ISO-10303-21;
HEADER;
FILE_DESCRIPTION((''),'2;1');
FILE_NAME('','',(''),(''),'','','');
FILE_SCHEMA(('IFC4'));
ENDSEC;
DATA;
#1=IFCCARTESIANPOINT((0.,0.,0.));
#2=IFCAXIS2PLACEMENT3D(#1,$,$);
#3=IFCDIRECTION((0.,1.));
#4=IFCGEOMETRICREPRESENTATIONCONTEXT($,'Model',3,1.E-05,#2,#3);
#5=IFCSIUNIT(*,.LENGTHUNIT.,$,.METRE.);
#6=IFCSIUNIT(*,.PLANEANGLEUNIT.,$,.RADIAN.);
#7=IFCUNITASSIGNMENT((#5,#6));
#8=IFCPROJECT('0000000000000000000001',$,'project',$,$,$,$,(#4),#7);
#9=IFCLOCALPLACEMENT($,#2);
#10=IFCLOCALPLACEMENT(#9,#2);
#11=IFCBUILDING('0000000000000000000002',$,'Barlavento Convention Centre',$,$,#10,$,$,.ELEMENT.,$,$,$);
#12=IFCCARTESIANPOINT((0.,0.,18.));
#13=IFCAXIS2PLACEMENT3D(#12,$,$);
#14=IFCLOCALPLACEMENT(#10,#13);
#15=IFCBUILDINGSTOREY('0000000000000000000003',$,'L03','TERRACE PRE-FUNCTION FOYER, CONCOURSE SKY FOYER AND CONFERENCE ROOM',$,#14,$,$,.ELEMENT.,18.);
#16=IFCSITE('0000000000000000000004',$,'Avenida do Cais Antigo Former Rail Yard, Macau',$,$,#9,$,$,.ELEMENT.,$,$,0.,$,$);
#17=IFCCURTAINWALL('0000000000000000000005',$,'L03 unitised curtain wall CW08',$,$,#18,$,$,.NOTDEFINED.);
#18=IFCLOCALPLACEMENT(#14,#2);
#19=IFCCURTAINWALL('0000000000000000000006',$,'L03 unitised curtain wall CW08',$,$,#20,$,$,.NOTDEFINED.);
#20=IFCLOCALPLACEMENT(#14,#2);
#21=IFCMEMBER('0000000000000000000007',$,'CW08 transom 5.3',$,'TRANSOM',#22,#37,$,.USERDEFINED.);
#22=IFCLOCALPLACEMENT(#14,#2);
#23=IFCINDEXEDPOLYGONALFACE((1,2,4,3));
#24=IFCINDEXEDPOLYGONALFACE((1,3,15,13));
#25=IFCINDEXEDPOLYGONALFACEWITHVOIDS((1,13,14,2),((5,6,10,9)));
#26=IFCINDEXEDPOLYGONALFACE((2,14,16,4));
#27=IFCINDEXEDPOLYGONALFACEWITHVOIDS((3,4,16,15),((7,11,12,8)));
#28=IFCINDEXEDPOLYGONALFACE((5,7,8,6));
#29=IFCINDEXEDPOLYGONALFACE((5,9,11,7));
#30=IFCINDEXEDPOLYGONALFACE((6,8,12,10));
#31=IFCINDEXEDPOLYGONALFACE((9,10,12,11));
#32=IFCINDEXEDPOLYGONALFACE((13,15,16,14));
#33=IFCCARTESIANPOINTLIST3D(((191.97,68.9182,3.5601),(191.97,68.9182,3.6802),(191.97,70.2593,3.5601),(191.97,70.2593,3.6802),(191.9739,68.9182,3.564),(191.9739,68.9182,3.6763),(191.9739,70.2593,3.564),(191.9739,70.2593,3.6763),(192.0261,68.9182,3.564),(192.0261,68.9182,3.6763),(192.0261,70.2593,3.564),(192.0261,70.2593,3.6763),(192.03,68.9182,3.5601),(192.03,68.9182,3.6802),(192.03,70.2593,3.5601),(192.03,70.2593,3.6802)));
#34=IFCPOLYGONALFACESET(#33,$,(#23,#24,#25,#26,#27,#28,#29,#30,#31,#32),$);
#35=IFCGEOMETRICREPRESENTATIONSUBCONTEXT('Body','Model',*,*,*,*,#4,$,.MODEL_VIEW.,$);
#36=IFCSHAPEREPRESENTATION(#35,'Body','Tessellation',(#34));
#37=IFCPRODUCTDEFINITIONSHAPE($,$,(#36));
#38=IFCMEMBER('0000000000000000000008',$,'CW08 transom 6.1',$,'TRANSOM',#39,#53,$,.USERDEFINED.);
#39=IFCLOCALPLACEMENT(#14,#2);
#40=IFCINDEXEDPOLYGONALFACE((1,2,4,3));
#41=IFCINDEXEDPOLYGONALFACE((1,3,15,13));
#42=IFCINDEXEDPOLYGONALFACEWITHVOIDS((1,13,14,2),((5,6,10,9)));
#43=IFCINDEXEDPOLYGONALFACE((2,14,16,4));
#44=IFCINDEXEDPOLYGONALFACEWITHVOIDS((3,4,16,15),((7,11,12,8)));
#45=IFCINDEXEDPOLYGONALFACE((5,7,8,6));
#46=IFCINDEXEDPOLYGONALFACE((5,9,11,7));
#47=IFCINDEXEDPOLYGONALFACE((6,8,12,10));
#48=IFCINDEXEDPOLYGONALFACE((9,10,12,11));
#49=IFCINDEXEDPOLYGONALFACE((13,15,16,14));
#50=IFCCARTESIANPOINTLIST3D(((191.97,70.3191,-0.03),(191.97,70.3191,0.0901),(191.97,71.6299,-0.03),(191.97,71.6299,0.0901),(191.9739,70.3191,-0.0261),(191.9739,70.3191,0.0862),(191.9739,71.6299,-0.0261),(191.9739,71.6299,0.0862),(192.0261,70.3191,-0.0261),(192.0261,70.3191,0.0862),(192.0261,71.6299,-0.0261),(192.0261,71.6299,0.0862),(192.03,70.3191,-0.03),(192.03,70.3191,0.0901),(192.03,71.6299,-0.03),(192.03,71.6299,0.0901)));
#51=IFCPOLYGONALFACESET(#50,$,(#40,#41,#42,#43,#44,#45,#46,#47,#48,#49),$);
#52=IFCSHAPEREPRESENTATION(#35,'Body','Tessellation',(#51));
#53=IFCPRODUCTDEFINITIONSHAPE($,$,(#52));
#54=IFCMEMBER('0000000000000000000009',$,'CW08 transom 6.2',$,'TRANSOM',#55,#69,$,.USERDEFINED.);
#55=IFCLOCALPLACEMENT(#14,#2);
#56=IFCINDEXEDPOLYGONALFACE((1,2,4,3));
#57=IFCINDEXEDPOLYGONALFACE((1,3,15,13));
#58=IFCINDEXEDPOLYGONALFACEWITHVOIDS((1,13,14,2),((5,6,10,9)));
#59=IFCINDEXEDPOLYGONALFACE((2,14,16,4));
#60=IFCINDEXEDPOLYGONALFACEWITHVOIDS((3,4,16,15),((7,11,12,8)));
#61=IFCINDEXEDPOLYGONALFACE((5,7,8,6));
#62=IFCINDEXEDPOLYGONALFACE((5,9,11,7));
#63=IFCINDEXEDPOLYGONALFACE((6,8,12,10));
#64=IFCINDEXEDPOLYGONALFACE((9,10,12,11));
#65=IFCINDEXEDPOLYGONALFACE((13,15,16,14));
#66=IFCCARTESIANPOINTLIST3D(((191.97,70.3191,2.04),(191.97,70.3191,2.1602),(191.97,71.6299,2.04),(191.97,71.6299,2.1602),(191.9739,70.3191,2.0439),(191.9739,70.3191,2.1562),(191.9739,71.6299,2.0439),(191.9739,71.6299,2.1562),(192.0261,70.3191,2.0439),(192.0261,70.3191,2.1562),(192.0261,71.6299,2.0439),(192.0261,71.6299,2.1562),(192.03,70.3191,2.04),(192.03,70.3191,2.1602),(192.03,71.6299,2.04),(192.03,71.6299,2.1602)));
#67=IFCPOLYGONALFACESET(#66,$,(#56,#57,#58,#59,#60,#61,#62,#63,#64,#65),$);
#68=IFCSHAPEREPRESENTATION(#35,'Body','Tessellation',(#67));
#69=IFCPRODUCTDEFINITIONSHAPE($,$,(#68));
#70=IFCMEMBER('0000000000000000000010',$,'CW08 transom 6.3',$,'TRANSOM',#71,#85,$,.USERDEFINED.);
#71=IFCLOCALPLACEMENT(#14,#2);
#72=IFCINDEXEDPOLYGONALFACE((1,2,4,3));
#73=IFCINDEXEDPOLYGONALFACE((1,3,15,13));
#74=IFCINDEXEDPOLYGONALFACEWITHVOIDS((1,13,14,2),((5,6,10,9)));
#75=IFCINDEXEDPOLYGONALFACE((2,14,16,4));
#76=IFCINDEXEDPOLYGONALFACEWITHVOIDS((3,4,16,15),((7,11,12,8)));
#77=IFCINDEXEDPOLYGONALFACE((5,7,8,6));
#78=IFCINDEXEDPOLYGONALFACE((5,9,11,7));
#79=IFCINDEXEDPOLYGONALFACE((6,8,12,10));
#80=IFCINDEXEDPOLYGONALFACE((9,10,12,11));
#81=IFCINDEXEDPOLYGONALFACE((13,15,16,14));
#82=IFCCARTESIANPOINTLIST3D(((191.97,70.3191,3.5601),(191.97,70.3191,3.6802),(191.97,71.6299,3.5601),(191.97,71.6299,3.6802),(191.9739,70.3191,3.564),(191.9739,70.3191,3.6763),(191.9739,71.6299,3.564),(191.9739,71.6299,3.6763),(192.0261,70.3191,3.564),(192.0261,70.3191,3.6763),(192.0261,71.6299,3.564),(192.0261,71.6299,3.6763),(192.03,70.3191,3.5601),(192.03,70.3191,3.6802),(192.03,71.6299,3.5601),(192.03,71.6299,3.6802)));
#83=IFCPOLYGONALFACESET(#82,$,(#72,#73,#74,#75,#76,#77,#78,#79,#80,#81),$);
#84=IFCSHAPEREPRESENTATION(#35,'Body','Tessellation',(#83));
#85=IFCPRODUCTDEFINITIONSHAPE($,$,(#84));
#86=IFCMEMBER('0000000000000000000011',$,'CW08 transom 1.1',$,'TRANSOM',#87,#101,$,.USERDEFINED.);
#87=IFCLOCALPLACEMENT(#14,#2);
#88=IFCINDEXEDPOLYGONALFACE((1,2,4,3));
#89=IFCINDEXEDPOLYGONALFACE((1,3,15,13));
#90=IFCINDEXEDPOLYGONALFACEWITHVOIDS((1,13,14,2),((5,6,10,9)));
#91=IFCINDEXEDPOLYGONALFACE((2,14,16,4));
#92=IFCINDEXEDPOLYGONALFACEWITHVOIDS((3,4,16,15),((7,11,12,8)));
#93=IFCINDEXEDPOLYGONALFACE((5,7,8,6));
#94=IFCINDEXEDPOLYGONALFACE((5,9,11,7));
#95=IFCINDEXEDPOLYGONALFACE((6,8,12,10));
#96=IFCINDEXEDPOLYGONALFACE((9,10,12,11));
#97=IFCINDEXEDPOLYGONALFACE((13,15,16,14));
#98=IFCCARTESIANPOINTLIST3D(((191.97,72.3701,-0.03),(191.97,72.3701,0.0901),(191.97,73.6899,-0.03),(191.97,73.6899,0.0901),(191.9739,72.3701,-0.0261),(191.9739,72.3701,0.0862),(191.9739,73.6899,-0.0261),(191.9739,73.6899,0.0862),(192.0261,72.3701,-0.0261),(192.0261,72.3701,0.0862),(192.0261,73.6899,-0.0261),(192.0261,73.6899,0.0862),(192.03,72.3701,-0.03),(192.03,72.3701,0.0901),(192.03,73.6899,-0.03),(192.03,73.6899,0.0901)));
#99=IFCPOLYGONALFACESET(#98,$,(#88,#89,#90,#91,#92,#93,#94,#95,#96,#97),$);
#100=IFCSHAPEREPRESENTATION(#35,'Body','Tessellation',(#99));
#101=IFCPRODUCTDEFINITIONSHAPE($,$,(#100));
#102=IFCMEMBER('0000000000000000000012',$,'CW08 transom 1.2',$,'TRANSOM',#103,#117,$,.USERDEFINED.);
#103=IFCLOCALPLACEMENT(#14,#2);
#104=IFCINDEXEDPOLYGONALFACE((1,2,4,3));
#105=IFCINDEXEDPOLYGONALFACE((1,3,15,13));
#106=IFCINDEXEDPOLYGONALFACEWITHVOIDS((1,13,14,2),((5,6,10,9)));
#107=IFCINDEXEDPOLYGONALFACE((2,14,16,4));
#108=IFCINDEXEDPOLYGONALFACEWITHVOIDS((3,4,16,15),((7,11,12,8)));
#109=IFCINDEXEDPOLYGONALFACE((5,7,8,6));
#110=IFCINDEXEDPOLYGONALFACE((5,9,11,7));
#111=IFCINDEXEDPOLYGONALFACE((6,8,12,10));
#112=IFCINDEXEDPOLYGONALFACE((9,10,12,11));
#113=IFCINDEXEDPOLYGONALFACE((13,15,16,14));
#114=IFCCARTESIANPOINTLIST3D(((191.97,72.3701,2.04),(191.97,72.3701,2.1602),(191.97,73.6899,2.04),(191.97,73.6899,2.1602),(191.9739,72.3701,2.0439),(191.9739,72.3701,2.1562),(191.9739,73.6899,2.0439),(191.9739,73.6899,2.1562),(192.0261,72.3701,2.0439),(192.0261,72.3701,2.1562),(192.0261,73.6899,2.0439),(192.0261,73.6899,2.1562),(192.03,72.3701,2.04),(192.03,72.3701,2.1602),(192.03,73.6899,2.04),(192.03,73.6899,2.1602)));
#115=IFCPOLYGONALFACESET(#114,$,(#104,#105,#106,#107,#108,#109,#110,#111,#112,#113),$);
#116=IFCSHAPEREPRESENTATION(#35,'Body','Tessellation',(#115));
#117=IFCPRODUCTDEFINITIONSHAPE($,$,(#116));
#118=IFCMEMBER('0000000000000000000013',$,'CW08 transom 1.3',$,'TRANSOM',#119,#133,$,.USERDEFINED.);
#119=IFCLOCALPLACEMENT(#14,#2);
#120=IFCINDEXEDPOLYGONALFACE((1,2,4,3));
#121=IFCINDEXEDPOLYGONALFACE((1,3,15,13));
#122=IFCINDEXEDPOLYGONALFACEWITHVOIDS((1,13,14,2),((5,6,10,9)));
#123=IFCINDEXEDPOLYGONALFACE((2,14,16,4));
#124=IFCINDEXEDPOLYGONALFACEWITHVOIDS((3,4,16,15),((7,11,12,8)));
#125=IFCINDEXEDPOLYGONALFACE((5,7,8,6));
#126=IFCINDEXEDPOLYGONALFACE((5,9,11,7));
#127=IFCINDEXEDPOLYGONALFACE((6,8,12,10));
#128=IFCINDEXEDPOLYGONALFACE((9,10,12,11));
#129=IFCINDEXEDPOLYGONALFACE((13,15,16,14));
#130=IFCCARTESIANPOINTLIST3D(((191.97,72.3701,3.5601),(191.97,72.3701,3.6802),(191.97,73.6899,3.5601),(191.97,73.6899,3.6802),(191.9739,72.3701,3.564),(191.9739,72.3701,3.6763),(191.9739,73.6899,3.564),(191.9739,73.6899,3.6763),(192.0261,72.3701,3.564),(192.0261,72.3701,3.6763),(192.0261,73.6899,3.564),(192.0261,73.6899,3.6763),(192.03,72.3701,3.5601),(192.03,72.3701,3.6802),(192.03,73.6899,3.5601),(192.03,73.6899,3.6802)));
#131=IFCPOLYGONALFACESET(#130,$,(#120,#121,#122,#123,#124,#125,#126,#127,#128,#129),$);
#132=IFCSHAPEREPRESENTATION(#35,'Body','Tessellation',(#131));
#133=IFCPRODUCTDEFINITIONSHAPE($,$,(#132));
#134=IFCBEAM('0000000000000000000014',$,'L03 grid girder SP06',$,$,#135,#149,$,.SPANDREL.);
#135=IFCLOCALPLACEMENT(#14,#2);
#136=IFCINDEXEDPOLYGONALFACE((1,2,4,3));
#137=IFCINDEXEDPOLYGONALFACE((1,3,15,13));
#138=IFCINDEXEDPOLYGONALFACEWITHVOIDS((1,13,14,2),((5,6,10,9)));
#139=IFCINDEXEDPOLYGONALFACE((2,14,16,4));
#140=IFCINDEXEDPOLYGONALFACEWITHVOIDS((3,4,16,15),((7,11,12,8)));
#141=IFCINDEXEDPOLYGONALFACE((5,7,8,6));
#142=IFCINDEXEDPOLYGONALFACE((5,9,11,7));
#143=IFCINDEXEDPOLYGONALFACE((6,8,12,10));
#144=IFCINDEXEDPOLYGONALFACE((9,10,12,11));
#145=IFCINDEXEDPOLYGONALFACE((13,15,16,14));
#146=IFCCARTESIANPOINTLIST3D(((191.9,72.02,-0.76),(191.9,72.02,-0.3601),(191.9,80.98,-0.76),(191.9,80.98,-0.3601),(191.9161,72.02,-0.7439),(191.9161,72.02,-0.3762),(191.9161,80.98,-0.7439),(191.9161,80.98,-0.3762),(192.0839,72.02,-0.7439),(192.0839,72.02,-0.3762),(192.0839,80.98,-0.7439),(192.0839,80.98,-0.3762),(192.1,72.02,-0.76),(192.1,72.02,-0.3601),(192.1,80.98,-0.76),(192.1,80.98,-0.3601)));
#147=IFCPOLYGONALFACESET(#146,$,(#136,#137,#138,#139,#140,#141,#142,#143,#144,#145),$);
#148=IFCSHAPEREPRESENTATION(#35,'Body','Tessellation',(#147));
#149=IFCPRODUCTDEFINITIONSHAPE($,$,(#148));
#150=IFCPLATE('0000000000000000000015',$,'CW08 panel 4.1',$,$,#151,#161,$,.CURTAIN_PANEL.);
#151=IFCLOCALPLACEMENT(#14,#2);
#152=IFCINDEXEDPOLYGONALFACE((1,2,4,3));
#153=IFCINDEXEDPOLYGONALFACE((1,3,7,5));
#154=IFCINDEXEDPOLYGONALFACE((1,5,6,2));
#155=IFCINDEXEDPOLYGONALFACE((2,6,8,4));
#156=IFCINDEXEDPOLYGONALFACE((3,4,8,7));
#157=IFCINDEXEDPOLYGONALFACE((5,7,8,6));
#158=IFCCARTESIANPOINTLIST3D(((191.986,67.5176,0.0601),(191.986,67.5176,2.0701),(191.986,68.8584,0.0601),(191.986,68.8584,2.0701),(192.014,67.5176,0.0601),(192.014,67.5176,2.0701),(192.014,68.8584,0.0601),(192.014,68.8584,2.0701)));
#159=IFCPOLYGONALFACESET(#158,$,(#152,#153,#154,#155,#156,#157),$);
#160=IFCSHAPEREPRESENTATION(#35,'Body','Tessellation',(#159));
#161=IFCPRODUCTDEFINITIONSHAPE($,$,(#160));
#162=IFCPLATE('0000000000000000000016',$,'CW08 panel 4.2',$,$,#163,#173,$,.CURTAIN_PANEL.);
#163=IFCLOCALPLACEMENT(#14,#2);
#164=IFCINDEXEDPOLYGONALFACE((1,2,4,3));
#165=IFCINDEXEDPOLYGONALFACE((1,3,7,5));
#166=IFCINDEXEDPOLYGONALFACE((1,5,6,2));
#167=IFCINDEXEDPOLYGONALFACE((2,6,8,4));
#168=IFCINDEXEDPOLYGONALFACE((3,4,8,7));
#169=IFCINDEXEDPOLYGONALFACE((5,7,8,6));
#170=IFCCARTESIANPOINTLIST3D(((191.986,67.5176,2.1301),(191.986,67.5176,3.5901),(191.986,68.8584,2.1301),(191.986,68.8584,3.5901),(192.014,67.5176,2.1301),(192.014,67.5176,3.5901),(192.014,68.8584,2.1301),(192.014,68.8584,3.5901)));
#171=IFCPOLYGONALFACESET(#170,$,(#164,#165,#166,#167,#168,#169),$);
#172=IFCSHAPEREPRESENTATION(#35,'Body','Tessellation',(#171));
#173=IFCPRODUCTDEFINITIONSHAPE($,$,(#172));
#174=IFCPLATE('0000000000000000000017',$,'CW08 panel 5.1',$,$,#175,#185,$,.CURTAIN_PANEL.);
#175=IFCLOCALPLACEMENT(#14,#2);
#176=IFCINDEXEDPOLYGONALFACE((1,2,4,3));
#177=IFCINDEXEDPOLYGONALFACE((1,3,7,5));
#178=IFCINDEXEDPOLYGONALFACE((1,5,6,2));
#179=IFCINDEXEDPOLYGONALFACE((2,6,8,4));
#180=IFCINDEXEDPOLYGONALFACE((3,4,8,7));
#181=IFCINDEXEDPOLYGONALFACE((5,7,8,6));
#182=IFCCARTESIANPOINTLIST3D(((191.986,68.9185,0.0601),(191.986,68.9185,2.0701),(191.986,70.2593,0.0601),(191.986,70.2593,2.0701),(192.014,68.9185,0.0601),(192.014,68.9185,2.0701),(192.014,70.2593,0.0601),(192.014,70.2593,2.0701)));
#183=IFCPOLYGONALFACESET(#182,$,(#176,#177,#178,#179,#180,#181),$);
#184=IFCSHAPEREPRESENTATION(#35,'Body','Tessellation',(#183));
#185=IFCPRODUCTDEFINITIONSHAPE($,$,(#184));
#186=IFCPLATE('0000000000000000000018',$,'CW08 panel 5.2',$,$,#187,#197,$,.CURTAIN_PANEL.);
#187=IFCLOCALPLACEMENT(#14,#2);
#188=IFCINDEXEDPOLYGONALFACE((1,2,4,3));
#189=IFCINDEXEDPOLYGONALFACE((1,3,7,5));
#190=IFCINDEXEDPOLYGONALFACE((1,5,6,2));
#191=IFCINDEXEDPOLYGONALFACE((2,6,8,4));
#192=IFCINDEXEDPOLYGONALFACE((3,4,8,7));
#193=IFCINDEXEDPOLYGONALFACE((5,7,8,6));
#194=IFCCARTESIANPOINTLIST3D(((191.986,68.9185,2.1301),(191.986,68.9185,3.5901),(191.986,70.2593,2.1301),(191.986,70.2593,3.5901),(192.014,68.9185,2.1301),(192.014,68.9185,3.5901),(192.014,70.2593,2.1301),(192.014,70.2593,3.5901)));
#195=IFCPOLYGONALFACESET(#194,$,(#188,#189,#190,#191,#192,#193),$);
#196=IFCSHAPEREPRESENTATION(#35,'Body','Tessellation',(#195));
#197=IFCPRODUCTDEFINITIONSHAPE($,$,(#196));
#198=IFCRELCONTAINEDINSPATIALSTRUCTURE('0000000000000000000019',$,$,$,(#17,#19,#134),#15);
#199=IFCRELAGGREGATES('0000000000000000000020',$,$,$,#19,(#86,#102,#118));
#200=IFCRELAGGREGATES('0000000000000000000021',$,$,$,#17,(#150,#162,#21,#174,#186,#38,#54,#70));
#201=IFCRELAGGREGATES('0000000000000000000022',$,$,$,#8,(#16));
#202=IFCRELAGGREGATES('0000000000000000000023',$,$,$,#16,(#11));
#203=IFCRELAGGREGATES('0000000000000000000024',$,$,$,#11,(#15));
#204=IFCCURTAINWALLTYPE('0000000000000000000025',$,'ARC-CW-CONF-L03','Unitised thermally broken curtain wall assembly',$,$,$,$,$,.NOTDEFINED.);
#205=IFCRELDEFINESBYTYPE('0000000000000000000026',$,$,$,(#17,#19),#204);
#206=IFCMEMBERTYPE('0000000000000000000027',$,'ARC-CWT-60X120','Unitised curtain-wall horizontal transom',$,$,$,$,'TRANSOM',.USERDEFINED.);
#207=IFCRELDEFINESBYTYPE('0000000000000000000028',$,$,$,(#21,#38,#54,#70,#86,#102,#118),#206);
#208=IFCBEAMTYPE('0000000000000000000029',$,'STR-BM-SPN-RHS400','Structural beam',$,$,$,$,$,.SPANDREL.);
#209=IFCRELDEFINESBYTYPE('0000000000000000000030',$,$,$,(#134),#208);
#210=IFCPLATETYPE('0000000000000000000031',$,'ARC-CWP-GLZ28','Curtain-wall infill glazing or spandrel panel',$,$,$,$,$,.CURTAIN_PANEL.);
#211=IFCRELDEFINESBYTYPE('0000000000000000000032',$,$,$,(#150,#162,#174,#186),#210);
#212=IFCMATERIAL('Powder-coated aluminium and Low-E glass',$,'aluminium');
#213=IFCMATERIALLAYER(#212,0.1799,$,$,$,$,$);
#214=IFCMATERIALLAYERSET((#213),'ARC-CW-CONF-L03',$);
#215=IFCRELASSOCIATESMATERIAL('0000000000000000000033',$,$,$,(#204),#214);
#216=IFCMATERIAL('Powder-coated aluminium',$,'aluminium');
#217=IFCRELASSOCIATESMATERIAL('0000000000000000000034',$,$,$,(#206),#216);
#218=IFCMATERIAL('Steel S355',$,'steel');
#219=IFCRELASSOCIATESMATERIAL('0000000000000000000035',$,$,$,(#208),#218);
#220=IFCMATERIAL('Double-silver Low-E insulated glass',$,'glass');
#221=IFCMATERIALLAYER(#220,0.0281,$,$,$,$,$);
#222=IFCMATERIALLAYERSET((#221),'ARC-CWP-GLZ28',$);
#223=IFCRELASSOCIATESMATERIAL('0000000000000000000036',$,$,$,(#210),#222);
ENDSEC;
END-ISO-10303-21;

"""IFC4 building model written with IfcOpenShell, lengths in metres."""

from ifc_helpers import new_model, si_unit, direction, frame, origin, origin_2d, place, context, subcontext, project, spatial, rectangle, hollow_rectangle, extrude, material, layer, layer_set, material_profile, profile_set, type_object, element, aggregate, save


model = new_model("IFC4")

# Units and contexts
model_context = context("Model", 3, precision=1e-05, world=origin(), true_north=direction((0.0, 1.0)))
body_context = subcontext(model_context, "Body", "Model", "MODEL_VIEW")
ifc_project = project(units=[si_unit("LENGTHUNIT", "METRE"), si_unit("PLANEANGLEUNIT", "RADIAN")], contexts=[model_context])

# Site, building, storey
site_placement = place(None, origin())
site = spatial("IfcSite", under=ifc_project, at=site_placement, Name="Avenida do Cais Antigo Former Rail Yard, Macau", CompositionType="ELEMENT", RefElevation=0.0)
building_placement = place(site_placement, origin())
building = spatial("IfcBuilding", under=site, at=building_placement, Name="Barlavento Convention Centre", CompositionType="ELEMENT")
storey_placement = place(building_placement, frame((0.0, 0.0, 18.0)))
storey = spatial("IfcBuildingStorey", under=building, at=storey_placement, Name="L03", Description="TERRACE PRE-FUNCTION FOYER, CONCOURSE SKY FOYER AND CONFERENCE ROOM", CompositionType="ELEMENT", Elevation=18.0)

# Shared definitions
ifc_material_1 = material(Name="Steel S355", Category="steel")

# Curtain wall
ifc_material_2 = material(Name="Powder-coated aluminium and Low-E glass", Category="aluminium")
ifc_layer_1 = layer(ifc_material_2, 0.1799)
ifc_layer_set_1 = layer_set([ifc_layer_1], Name="ARC-CW-CONF-L03")
curtain_wall_type = type_object("IfcCurtainWallType", Name="ARC-CW-CONF-L03", Description="Unitised thermally broken curtain wall assembly", PredefinedType="NOTDEFINED", material=ifc_layer_set_1)
curtain_wall_1_placement = place(storey_placement, origin())
curtain_wall_1 = element("IfcCurtainWall", 1, at=curtain_wall_1_placement, inside=storey, type_object=curtain_wall_type, Name="L03 unitised curtain wall CW08", PredefinedType="NOTDEFINED")
ifc_material_3 = material(Name="Powder-coated aluminium", Category="aluminium")

# Curtain wall
curtain_wall_2_placement = place(storey_placement, origin())
curtain_wall_2 = element("IfcCurtainWall", 2, at=curtain_wall_2_placement, inside=storey, type_object=curtain_wall_type, Name="L03 unitised curtain wall CW08", PredefinedType="NOTDEFINED")

# Members
ifc_material_profile_1 = material_profile(ifc_material_3, hollow_rectangle(XDim=0.0601, YDim=0.1201, WallThickness=0.0039, at=origin_2d()), Name="AL-TRAN 60x120x4")
ifc_profile_set_1 = profile_set([ifc_material_profile_1], Name="Powder-coated aluminium")
member_type_1 = type_object("IfcMemberType", Name="ARC-CWT-60X120", Description="Unitised curtain-wall horizontal transom", ElementType="TRANSOM", PredefinedType="USERDEFINED", material=ifc_profile_set_1)
member_1_placement = place(storey_placement, frame((192.0, 68.9182, 3.6201), z_axis=(0.0, 1.0, 0.0), x_axis=(-1.0, 0.0, 0.0)))
member_1 = element("IfcMember", 3, at=member_1_placement, type_object=member_type_1, Name="CW08 transom 5.3", ObjectType="TRANSOM", PredefinedType="USERDEFINED", context=body_context, shape_type="SweptSolid", body=[
    extrude(hollow_rectangle(XDim=0.0601, YDim=0.1201, WallThickness=0.0039, at=origin_2d()), origin(), (0.0, 0.0, 1.0), 1.3411),
])
member_2_placement = place(storey_placement, frame((192.0, 70.3191, 0.03), z_axis=(0.0, 1.0, 0.0), x_axis=(-1.0, 0.0, 0.0)))
member_2 = element("IfcMember", 4, at=member_2_placement, type_object=member_type_1, Name="CW08 transom 6.1", ObjectType="TRANSOM", PredefinedType="USERDEFINED", context=body_context, shape_type="SweptSolid", body=[
    extrude(hollow_rectangle(XDim=0.0601, YDim=0.1201, WallThickness=0.0039, at=origin_2d()), origin(), (0.0, 0.0, 1.0), 1.3108),
])
member_3_placement = place(storey_placement, frame((192.0, 70.3191, 2.1001), z_axis=(0.0, 1.0, 0.0), x_axis=(-1.0, 0.0, 0.0)))
member_3 = element("IfcMember", 5, at=member_3_placement, type_object=member_type_1, Name="CW08 transom 6.2", ObjectType="TRANSOM", PredefinedType="USERDEFINED", context=body_context, shape_type="SweptSolid", body=[
    extrude(hollow_rectangle(XDim=0.0601, YDim=0.1201, WallThickness=0.0039, at=origin_2d()), origin(), (0.0, 0.0, 1.0), 1.3108),
])
member_4_placement = place(storey_placement, frame((192.0, 70.3191, 3.6201), z_axis=(0.0, 1.0, 0.0), x_axis=(-1.0, 0.0, 0.0)))
member_4 = element("IfcMember", 6, at=member_4_placement, type_object=member_type_1, Name="CW08 transom 6.3", ObjectType="TRANSOM", PredefinedType="USERDEFINED", context=body_context, shape_type="SweptSolid", body=[
    extrude(hollow_rectangle(XDim=0.0601, YDim=0.1201, WallThickness=0.0039, at=origin_2d()), origin(), (0.0, 0.0, 1.0), 1.3108),
])
member_5_placement = place(storey_placement, frame((192.0, 72.3701, 0.03), z_axis=(0.0, 1.0, 0.0), x_axis=(-1.0, 0.0, 0.0)))
member_5 = element("IfcMember", 7, at=member_5_placement, type_object=member_type_1, Name="CW08 transom 1.1", ObjectType="TRANSOM", PredefinedType="USERDEFINED", context=body_context, shape_type="SweptSolid", body=[
    extrude(hollow_rectangle(XDim=0.0601, YDim=0.1201, WallThickness=0.0039, at=origin_2d()), origin(), (0.0, 0.0, 1.0), 1.3198),
])
member_6_placement = place(storey_placement, frame((192.0, 72.3701, 2.1001), z_axis=(0.0, 1.0, 0.0), x_axis=(-1.0, 0.0, 0.0)))
member_6 = element("IfcMember", 8, at=member_6_placement, type_object=member_type_1, Name="CW08 transom 1.2", ObjectType="TRANSOM", PredefinedType="USERDEFINED", context=body_context, shape_type="SweptSolid", body=[
    extrude(hollow_rectangle(XDim=0.0601, YDim=0.1201, WallThickness=0.0039, at=origin_2d()), origin(), (0.0, 0.0, 1.0), 1.3198),
])
member_7_placement = place(storey_placement, frame((192.0, 72.3701, 3.6201), z_axis=(0.0, 1.0, 0.0), x_axis=(-1.0, 0.0, 0.0)))
member_7 = element("IfcMember", 9, at=member_7_placement, type_object=member_type_1, Name="CW08 transom 1.3", ObjectType="TRANSOM", PredefinedType="USERDEFINED", context=body_context, shape_type="SweptSolid", body=[
    extrude(hollow_rectangle(XDim=0.0601, YDim=0.1201, WallThickness=0.0039, at=origin_2d()), origin(), (0.0, 0.0, 1.0), 1.3198),
])
aggregate(curtain_wall_2, [member_5, member_6, member_7])

# Beam
ifc_material_profile_2 = material_profile(ifc_material_1, hollow_rectangle(XDim=0.2, YDim=0.3999, WallThickness=0.0161, at=origin_2d()), Name="RHS 400x200x16.0")
ifc_profile_set_2 = profile_set([ifc_material_profile_2], Name="Steel S355")
beam_type = type_object("IfcBeamType", Name="STR-BM-SPN-RHS400", Description="Structural beam", PredefinedType="SPANDREL", material=ifc_profile_set_2)
beam_placement = place(storey_placement, frame((192.0, 72.02, -0.5601), z_axis=(0.0, 1.0, 0.0), x_axis=(-1.0, 0.0, 0.0)))
element("IfcBeam", 10, at=beam_placement, inside=storey, type_object=beam_type, Name="L03 grid girder SP06", PredefinedType="SPANDREL", context=body_context, shape_type="SweptSolid", body=[
    extrude(hollow_rectangle(XDim=0.2, YDim=0.3999, WallThickness=0.0161, at=origin_2d()), origin(), (0.0, 0.0, 1.0), 8.96),
])

# Plates
ifc_material_4 = material(Name="Double-silver Low-E insulated glass", Category="glass")
ifc_layer_2 = layer(ifc_material_4, 0.0281)
ifc_layer_set_2 = layer_set([ifc_layer_2], Name="ARC-CWP-GLZ28")
plate_type = type_object("IfcPlateType", Name="ARC-CWP-GLZ28", Description="Curtain-wall infill glazing or spandrel panel", PredefinedType="CURTAIN_PANEL", material=ifc_layer_set_2)
plate_1_placement = place(storey_placement, frame((192.0, 68.188, 0.0601), z_axis=(0.0, 0.0, 1.0), x_axis=(0.0, 1.0, 0.0)))
plate_1 = element("IfcPlate", 11, at=plate_1_placement, type_object=plate_type, Name="CW08 panel 4.1", PredefinedType="CURTAIN_PANEL", context=body_context, shape_type="SweptSolid", body=[
    extrude(rectangle(XDim=1.3408, YDim=0.0281, at=origin_2d()), origin(), (0.0, 0.0, 1.0), 2.01),
])
plate_2_placement = place(storey_placement, frame((192.0, 68.188, 2.1301), z_axis=(0.0, 0.0, 1.0), x_axis=(0.0, 1.0, 0.0)))
plate_2 = element("IfcPlate", 12, at=plate_2_placement, type_object=plate_type, Name="CW08 panel 4.2", PredefinedType="CURTAIN_PANEL", context=body_context, shape_type="SweptSolid", body=[
    extrude(rectangle(XDim=1.3408, YDim=0.0281, at=origin_2d()), origin(), (0.0, 0.0, 1.0), 1.46),
])
plate_3_placement = place(storey_placement, frame((192.0, 69.5889, 0.0601), z_axis=(0.0, 0.0, 1.0), x_axis=(0.0, 1.0, 0.0)))
plate_3 = element("IfcPlate", 13, at=plate_3_placement, type_object=plate_type, Name="CW08 panel 5.1", PredefinedType="CURTAIN_PANEL", context=body_context, shape_type="SweptSolid", body=[
    extrude(rectangle(XDim=1.3408, YDim=0.0281, at=origin_2d()), origin(), (0.0, 0.0, 1.0), 2.01),
])
plate_4_placement = place(storey_placement, frame((192.0, 69.5889, 2.1301), z_axis=(0.0, 0.0, 1.0), x_axis=(0.0, 1.0, 0.0)))
plate_4 = element("IfcPlate", 14, at=plate_4_placement, type_object=plate_type, Name="CW08 panel 5.2", PredefinedType="CURTAIN_PANEL", context=body_context, shape_type="SweptSolid", body=[
    extrude(rectangle(XDim=1.3408, YDim=0.0281, at=origin_2d()), origin(), (0.0, 0.0, 1.0), 1.46),
])
aggregate(curtain_wall_1, [plate_1, plate_2, member_1, plate_3, plate_4, member_2, member_3, member_4])

save(model, "model.ifc")
